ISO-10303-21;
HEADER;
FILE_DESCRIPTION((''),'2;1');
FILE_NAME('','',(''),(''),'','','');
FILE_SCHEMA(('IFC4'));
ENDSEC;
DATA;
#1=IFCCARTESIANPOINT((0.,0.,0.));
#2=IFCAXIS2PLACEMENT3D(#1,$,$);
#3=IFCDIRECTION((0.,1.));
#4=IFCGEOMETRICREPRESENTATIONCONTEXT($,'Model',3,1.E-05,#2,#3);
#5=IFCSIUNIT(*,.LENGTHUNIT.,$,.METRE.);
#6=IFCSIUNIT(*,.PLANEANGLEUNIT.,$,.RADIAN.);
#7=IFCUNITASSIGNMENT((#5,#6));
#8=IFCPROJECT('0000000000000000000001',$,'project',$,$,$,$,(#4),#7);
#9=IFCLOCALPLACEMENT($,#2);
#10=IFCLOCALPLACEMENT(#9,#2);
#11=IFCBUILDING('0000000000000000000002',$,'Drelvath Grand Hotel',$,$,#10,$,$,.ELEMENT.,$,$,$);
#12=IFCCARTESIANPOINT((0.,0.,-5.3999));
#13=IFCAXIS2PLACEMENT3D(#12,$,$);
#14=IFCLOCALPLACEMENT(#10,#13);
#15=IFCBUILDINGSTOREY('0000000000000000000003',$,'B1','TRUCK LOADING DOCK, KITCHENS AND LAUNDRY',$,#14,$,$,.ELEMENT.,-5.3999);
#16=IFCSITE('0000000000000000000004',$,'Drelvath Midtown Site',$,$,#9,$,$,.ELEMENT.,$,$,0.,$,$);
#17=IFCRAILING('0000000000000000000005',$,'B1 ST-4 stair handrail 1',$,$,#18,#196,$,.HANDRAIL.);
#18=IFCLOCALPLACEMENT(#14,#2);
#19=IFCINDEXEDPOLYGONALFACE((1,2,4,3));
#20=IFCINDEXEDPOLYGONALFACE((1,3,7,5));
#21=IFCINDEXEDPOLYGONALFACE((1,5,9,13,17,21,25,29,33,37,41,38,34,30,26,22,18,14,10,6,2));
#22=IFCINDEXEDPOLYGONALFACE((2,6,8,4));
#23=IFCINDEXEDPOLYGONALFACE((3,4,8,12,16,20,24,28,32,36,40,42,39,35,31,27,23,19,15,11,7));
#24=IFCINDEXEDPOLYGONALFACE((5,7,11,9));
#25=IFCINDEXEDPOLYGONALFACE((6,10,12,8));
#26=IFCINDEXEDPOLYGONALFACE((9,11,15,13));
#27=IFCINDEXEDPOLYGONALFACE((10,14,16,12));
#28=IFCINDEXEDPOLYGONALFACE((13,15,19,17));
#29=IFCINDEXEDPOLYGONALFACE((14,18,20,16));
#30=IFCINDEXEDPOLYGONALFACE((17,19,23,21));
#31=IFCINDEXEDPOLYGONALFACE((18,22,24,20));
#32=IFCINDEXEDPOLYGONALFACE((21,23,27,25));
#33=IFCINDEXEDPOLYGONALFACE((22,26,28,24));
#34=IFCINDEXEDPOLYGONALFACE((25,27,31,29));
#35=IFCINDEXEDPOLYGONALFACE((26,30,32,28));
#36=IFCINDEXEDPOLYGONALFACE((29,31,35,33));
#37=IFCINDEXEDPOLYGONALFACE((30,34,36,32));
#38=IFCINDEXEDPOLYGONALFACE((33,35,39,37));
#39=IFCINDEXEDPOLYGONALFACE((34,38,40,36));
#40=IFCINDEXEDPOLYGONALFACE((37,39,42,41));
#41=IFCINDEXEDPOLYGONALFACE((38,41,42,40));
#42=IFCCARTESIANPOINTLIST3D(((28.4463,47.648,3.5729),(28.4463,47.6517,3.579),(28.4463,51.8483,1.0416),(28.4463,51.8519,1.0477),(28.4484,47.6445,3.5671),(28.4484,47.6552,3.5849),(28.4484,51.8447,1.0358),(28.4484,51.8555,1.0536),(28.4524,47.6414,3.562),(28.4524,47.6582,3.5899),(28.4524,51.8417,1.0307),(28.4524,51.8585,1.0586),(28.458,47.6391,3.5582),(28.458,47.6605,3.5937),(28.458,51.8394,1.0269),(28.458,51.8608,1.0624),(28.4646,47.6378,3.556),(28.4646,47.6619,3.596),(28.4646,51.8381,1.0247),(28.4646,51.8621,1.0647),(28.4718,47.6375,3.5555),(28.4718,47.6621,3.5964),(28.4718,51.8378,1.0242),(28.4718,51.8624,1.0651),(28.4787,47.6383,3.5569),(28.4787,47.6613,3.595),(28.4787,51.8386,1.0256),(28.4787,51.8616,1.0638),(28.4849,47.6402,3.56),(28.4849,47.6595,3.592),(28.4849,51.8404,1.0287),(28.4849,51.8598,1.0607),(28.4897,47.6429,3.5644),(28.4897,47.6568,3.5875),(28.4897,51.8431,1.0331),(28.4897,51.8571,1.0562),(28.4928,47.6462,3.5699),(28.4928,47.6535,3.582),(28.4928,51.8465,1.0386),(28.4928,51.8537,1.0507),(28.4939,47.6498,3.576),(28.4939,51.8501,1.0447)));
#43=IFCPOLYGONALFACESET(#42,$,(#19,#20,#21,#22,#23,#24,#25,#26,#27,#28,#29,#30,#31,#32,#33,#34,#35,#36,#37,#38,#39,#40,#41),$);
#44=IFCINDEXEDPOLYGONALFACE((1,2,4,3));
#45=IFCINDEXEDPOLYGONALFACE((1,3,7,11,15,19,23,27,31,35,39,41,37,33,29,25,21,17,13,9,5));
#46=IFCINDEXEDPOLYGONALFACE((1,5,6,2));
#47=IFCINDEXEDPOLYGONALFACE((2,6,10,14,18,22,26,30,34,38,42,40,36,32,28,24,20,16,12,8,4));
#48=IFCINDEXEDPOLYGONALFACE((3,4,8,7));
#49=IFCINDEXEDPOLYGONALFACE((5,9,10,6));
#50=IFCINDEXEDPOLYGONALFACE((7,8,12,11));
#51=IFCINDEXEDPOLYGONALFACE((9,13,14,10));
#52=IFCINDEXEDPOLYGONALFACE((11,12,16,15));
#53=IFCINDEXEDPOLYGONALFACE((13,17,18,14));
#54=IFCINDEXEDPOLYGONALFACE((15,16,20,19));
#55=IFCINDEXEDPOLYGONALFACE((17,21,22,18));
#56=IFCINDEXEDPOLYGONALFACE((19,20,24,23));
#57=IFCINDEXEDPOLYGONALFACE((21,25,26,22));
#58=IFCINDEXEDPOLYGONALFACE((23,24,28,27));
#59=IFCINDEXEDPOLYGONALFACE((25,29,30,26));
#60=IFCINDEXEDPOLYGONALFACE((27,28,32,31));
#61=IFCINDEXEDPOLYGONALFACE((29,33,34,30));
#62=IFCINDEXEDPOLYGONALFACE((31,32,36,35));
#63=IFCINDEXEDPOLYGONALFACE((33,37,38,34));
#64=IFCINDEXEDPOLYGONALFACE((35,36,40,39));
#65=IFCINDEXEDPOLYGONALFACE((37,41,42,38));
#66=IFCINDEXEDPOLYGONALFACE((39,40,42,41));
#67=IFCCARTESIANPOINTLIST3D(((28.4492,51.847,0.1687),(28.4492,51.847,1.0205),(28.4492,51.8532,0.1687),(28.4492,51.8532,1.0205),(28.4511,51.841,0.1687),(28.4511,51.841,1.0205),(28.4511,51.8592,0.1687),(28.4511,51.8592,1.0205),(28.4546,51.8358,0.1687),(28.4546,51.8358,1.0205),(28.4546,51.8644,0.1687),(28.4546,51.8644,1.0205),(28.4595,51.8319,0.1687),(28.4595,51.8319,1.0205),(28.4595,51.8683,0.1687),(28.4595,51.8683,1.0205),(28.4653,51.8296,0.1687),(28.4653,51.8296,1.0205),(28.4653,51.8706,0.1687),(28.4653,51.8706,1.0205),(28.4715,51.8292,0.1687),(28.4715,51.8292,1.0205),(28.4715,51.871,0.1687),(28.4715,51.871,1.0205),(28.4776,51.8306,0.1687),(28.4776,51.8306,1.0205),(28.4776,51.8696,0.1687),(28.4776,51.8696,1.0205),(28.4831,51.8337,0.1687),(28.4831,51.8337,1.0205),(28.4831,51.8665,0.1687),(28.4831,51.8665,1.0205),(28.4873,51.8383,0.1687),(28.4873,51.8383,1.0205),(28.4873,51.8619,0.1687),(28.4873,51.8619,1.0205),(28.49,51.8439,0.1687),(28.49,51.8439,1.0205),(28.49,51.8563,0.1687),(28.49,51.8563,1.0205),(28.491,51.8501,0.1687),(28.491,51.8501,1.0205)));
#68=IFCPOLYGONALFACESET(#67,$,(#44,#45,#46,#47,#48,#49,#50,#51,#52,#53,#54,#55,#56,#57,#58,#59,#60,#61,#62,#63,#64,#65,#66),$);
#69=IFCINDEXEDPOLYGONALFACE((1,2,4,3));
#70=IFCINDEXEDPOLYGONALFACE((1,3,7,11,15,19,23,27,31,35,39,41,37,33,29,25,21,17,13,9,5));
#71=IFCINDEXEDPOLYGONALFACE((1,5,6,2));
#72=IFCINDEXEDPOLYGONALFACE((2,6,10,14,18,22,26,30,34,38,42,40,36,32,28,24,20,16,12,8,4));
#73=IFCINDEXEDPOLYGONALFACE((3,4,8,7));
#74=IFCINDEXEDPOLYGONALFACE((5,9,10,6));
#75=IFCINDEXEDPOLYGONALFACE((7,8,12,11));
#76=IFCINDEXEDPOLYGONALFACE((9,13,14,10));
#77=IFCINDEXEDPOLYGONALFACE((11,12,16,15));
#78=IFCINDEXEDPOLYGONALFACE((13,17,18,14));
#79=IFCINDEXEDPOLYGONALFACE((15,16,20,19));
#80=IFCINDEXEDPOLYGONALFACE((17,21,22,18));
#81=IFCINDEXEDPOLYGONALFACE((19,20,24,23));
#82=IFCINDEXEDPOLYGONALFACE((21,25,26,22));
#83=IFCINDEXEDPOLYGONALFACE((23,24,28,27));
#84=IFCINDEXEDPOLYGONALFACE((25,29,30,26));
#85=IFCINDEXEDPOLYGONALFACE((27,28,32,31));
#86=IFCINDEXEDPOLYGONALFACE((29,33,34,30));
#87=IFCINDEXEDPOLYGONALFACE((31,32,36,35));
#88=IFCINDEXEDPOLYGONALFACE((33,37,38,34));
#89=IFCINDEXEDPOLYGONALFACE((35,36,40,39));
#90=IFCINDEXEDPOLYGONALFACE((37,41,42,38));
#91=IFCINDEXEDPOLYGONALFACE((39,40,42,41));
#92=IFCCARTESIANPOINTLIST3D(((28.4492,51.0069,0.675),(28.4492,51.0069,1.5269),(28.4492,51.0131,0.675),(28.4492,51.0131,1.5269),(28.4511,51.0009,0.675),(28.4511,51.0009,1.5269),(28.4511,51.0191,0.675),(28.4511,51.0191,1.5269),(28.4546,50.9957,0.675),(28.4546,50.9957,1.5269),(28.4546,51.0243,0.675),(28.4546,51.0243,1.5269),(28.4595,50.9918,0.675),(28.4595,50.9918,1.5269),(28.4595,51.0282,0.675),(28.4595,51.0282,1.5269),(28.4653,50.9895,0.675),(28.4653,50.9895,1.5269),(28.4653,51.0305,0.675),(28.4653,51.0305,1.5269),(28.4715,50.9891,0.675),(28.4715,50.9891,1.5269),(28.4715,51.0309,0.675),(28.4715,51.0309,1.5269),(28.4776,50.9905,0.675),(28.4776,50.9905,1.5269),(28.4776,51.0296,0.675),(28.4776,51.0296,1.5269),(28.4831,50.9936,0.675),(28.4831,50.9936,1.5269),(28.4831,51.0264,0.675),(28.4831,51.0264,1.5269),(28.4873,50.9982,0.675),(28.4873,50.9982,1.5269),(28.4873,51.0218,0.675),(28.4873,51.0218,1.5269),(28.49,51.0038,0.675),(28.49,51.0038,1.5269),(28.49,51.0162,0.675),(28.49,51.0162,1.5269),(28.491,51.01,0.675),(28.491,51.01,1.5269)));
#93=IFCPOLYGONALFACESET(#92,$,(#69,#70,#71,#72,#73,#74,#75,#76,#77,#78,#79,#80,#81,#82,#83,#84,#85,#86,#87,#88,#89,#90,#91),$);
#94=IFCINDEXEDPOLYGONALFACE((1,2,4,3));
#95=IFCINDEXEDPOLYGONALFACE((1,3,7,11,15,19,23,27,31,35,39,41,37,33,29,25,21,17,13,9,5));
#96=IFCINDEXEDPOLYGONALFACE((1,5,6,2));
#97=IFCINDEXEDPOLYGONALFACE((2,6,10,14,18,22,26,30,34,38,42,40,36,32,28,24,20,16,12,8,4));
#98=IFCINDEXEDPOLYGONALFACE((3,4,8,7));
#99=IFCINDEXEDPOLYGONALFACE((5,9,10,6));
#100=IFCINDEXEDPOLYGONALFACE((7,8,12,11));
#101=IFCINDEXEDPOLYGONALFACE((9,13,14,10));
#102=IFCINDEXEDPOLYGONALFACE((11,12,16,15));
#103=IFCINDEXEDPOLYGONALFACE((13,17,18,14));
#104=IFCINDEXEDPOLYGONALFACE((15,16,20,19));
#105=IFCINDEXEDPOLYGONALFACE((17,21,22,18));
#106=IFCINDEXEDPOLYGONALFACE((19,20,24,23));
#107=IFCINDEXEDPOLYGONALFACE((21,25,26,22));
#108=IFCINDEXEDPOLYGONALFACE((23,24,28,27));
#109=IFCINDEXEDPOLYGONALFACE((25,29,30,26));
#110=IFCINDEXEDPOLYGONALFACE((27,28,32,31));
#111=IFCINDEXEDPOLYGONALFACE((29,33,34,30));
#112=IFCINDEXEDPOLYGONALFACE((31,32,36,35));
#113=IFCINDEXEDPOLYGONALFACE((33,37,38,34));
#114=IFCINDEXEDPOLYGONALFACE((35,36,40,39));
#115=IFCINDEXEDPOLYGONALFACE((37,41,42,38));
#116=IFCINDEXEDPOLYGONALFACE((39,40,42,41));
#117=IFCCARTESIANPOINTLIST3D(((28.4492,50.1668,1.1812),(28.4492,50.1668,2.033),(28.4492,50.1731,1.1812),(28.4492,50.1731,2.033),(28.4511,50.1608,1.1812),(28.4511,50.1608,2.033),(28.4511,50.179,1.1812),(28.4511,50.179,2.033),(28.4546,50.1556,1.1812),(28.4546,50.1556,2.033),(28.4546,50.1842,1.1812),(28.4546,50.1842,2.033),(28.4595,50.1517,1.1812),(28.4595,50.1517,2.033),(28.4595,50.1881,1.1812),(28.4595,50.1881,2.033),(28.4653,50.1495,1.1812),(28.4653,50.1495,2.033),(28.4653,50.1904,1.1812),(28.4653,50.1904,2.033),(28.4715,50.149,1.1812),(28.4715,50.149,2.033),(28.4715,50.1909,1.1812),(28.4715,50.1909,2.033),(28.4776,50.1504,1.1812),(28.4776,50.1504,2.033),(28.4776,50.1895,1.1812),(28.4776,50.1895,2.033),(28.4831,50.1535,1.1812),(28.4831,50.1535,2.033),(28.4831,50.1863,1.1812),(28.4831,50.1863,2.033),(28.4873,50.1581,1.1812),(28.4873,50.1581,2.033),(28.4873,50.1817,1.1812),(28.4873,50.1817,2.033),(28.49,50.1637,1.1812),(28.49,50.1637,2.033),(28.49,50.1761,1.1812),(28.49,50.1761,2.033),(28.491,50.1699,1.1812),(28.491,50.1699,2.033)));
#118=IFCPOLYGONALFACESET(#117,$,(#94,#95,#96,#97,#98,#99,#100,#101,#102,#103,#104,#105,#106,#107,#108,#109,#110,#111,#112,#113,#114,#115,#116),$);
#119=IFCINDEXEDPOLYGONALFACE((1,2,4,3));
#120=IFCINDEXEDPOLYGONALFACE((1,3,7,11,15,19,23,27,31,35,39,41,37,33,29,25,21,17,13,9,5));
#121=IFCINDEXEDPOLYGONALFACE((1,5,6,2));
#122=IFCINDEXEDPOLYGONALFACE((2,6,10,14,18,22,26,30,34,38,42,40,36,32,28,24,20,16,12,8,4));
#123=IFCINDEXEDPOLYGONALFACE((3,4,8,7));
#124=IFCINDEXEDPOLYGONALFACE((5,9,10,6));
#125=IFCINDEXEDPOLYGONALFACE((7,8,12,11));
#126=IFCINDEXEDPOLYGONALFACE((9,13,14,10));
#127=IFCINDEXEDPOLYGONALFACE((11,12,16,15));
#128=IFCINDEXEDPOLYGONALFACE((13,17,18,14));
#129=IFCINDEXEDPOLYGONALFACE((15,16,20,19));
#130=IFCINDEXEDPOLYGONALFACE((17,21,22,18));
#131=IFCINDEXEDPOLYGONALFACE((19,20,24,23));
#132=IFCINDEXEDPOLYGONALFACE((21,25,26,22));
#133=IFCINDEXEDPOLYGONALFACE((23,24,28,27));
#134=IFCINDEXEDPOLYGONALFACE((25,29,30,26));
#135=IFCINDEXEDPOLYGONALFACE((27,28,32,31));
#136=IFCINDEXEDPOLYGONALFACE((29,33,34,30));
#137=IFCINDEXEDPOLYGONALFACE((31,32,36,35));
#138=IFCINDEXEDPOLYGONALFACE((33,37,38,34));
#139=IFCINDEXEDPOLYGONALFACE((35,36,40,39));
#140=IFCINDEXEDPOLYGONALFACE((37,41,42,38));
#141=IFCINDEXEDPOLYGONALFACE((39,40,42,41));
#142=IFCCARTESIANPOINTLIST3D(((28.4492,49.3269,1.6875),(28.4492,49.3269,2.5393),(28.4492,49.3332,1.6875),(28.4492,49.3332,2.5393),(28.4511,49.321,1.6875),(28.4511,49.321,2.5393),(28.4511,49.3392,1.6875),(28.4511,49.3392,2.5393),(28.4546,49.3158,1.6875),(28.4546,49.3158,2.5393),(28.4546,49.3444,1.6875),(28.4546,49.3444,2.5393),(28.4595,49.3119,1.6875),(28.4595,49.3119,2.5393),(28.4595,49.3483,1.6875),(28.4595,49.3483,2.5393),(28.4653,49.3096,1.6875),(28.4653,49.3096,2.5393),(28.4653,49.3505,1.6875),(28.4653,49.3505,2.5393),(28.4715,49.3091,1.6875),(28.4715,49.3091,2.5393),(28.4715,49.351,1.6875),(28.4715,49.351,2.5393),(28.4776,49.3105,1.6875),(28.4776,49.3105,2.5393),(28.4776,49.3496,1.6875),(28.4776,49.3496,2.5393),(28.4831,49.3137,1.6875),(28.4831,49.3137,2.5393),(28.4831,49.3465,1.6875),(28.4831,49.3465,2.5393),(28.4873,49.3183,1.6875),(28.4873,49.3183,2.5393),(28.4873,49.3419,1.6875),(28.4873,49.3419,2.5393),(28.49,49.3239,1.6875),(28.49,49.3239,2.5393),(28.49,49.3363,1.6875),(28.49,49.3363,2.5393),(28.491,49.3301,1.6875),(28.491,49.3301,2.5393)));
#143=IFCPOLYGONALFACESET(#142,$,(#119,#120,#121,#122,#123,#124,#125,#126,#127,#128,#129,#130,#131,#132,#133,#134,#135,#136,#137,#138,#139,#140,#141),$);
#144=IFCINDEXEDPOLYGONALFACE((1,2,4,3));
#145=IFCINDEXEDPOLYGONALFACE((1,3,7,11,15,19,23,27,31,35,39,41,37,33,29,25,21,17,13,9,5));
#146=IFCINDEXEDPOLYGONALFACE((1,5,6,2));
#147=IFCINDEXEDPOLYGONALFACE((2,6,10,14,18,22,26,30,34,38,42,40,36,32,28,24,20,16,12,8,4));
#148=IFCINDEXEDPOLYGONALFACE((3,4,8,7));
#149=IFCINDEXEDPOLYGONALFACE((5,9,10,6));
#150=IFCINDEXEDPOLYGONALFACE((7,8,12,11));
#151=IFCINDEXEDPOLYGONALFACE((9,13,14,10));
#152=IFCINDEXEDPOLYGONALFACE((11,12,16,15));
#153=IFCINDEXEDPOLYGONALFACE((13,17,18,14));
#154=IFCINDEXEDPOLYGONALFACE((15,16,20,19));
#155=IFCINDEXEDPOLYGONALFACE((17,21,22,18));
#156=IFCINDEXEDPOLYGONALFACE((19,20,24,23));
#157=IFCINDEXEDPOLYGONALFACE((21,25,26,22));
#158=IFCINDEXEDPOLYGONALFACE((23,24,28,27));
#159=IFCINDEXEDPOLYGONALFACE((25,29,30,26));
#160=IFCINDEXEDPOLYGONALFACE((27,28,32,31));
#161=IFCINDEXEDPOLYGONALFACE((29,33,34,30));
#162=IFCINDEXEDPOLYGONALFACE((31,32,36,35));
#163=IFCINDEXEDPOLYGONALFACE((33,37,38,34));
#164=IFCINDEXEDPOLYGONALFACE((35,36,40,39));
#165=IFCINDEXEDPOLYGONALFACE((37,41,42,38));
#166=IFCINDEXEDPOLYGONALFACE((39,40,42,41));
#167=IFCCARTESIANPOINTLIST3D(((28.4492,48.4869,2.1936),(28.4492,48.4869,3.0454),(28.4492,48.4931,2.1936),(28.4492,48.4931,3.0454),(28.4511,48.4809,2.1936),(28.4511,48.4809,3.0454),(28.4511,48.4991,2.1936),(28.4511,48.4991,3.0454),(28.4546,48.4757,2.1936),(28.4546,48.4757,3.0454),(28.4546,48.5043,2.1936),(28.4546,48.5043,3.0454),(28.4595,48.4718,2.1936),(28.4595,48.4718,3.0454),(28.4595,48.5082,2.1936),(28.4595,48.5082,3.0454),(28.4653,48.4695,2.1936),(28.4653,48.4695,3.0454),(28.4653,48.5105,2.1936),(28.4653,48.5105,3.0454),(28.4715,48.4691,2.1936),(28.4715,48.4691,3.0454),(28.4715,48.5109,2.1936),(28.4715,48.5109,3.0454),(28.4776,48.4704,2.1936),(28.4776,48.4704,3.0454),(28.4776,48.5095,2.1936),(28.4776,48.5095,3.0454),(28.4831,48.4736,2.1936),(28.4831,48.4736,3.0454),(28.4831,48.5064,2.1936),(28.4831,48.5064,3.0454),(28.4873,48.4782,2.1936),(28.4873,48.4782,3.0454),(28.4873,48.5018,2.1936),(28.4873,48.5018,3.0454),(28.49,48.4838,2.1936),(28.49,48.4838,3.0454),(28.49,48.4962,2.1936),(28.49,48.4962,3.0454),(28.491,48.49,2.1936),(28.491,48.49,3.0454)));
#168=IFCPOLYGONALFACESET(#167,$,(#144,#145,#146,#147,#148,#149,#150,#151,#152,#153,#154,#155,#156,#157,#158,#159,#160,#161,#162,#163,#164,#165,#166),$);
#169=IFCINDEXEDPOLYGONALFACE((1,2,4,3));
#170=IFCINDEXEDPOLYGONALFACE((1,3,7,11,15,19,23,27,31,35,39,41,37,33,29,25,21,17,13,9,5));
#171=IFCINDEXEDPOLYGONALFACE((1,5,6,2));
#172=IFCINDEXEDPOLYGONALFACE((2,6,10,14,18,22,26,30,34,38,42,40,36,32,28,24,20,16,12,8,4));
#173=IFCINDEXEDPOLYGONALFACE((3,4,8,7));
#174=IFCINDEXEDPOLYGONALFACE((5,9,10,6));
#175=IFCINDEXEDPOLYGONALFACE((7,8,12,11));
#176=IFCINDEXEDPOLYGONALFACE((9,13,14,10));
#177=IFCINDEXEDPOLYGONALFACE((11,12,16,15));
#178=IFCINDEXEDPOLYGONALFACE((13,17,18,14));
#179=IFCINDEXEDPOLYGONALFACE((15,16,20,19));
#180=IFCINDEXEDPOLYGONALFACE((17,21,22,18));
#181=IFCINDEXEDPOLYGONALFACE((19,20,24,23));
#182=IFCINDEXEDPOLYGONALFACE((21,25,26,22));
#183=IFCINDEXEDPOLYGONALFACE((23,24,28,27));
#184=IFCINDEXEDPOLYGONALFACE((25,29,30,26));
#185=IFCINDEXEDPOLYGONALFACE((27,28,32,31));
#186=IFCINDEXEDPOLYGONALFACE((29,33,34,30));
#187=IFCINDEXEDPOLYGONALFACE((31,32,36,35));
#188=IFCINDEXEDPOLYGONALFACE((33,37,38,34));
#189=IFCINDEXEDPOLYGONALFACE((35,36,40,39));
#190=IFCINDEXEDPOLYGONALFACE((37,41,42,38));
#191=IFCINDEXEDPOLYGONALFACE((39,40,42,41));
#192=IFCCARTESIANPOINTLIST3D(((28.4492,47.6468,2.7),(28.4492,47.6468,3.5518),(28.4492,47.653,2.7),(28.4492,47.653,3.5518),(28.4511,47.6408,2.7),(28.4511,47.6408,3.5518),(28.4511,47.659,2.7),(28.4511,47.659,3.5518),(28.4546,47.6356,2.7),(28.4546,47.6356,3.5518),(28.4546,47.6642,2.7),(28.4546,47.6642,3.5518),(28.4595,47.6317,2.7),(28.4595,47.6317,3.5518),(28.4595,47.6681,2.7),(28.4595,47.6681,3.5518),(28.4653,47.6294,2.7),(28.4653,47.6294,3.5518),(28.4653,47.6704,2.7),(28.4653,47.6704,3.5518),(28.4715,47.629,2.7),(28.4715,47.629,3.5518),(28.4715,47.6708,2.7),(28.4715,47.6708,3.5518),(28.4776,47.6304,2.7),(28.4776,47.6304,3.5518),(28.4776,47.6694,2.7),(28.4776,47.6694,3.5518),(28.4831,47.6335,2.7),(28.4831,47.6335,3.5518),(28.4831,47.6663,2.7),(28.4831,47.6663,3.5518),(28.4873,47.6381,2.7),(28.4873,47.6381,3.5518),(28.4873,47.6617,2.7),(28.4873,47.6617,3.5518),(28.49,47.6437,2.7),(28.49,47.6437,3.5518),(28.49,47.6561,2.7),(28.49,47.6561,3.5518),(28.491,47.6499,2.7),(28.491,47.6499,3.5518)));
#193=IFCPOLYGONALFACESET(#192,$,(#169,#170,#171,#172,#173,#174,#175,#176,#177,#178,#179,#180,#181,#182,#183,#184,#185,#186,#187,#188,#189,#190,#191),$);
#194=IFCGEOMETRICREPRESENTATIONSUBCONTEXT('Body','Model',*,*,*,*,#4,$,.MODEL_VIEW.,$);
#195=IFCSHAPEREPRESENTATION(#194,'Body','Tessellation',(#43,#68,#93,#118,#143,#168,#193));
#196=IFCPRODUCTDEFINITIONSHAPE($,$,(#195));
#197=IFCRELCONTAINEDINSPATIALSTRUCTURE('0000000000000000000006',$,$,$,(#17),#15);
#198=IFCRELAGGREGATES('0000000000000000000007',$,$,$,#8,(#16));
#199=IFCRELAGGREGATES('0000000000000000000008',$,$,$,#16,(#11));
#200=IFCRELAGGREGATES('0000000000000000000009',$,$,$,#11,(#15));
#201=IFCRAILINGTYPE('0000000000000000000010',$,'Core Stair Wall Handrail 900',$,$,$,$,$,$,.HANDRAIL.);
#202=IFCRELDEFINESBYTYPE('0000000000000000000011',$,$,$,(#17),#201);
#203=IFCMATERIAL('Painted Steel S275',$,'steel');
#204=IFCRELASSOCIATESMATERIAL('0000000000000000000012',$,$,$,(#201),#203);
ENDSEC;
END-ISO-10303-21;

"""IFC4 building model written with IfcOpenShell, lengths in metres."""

from ifc_helpers import new_model, si_unit, direction, frame, origin, origin_2d, place, context, subcontext, project, spatial, circle, extrude, material, type_object, element, save


model = new_model("IFC4")

# Units and contexts
model_context = context("Model", 3, precision=1e-05, world=origin(), true_north=direction((0.0, 1.0)))
body_context = subcontext(model_context, "Body", "Model", "MODEL_VIEW")
ifc_project = project(units=[si_unit("LENGTHUNIT", "METRE"), si_unit("PLANEANGLEUNIT", "RADIAN")], contexts=[model_context])

# Site, building, storey
site_placement = place(None, origin())
site = spatial("IfcSite", under=ifc_project, at=site_placement, Name="Drelvath Midtown Site", CompositionType="ELEMENT", RefElevation=0.0)
building_placement = place(site_placement, origin())
building = spatial("IfcBuilding", under=site, at=building_placement, Name="Drelvath Grand Hotel", CompositionType="ELEMENT")
storey_placement = place(building_placement, frame((0.0, 0.0, -5.3999)))
storey = spatial("IfcBuildingStorey", under=building, at=storey_placement, Name="B1", Description="TRUCK LOADING DOCK, KITCHENS AND LAUNDRY", CompositionType="ELEMENT", Elevation=-5.3999)

# Shared definitions
ifc_material_1 = material(Name="Painted Steel S275", Category="steel")

# Railing
railing_type_1 = type_object("IfcRailingType", Name="Core Stair Wall Handrail 900", PredefinedType="HANDRAIL", material=ifc_material_1)
railing_1_placement = place(storey_placement, frame((28.47, 51.8501, 0.1687)))
element("IfcRailing", 1, at=railing_1_placement, inside=storey, type_object=railing_type_1, Name="B1 ST-4 stair handrail 1", PredefinedType="HANDRAIL", context=body_context, shape_type="SweptSolid", body=[
    extrude(circle(Radius=0.0239, at=origin_2d()), frame((0.0, 0.0, 0.876), z_axis=(0.0, -0.85649, 0.516164), x_axis=(1.0, 0.0, 0.0)), (0.0, 0.0, 1.0), 4.9041),
    extrude(circle(Radius=0.021, at=origin_2d()), origin(), (0.0, 0.0, 1.0), 0.8518),
    extrude(circle(Radius=0.021, at=origin_2d()), frame((0.0, -0.8401, 0.5063)), (0.0, 0.0, 1.0), 0.8518),
    extrude(circle(Radius=0.021, at=origin_2d()), frame((0.0, -1.6802, 1.0125)), (0.0, 0.0, 1.0), 0.8518),
    extrude(circle(Radius=0.021, at=origin_2d()), frame((0.0, -2.52, 1.5188)), (0.0, 0.0, 1.0), 0.8518),
    extrude(circle(Radius=0.021, at=origin_2d()), frame((0.0, -3.3601, 2.0249)), (0.0, 0.0, 1.0), 0.8518),
    extrude(circle(Radius=0.021, at=origin_2d()), frame((0.0, -4.2002, 2.5312)), (0.0, 0.0, 1.0), 0.8518),
])

save(model, "model.ifc")
